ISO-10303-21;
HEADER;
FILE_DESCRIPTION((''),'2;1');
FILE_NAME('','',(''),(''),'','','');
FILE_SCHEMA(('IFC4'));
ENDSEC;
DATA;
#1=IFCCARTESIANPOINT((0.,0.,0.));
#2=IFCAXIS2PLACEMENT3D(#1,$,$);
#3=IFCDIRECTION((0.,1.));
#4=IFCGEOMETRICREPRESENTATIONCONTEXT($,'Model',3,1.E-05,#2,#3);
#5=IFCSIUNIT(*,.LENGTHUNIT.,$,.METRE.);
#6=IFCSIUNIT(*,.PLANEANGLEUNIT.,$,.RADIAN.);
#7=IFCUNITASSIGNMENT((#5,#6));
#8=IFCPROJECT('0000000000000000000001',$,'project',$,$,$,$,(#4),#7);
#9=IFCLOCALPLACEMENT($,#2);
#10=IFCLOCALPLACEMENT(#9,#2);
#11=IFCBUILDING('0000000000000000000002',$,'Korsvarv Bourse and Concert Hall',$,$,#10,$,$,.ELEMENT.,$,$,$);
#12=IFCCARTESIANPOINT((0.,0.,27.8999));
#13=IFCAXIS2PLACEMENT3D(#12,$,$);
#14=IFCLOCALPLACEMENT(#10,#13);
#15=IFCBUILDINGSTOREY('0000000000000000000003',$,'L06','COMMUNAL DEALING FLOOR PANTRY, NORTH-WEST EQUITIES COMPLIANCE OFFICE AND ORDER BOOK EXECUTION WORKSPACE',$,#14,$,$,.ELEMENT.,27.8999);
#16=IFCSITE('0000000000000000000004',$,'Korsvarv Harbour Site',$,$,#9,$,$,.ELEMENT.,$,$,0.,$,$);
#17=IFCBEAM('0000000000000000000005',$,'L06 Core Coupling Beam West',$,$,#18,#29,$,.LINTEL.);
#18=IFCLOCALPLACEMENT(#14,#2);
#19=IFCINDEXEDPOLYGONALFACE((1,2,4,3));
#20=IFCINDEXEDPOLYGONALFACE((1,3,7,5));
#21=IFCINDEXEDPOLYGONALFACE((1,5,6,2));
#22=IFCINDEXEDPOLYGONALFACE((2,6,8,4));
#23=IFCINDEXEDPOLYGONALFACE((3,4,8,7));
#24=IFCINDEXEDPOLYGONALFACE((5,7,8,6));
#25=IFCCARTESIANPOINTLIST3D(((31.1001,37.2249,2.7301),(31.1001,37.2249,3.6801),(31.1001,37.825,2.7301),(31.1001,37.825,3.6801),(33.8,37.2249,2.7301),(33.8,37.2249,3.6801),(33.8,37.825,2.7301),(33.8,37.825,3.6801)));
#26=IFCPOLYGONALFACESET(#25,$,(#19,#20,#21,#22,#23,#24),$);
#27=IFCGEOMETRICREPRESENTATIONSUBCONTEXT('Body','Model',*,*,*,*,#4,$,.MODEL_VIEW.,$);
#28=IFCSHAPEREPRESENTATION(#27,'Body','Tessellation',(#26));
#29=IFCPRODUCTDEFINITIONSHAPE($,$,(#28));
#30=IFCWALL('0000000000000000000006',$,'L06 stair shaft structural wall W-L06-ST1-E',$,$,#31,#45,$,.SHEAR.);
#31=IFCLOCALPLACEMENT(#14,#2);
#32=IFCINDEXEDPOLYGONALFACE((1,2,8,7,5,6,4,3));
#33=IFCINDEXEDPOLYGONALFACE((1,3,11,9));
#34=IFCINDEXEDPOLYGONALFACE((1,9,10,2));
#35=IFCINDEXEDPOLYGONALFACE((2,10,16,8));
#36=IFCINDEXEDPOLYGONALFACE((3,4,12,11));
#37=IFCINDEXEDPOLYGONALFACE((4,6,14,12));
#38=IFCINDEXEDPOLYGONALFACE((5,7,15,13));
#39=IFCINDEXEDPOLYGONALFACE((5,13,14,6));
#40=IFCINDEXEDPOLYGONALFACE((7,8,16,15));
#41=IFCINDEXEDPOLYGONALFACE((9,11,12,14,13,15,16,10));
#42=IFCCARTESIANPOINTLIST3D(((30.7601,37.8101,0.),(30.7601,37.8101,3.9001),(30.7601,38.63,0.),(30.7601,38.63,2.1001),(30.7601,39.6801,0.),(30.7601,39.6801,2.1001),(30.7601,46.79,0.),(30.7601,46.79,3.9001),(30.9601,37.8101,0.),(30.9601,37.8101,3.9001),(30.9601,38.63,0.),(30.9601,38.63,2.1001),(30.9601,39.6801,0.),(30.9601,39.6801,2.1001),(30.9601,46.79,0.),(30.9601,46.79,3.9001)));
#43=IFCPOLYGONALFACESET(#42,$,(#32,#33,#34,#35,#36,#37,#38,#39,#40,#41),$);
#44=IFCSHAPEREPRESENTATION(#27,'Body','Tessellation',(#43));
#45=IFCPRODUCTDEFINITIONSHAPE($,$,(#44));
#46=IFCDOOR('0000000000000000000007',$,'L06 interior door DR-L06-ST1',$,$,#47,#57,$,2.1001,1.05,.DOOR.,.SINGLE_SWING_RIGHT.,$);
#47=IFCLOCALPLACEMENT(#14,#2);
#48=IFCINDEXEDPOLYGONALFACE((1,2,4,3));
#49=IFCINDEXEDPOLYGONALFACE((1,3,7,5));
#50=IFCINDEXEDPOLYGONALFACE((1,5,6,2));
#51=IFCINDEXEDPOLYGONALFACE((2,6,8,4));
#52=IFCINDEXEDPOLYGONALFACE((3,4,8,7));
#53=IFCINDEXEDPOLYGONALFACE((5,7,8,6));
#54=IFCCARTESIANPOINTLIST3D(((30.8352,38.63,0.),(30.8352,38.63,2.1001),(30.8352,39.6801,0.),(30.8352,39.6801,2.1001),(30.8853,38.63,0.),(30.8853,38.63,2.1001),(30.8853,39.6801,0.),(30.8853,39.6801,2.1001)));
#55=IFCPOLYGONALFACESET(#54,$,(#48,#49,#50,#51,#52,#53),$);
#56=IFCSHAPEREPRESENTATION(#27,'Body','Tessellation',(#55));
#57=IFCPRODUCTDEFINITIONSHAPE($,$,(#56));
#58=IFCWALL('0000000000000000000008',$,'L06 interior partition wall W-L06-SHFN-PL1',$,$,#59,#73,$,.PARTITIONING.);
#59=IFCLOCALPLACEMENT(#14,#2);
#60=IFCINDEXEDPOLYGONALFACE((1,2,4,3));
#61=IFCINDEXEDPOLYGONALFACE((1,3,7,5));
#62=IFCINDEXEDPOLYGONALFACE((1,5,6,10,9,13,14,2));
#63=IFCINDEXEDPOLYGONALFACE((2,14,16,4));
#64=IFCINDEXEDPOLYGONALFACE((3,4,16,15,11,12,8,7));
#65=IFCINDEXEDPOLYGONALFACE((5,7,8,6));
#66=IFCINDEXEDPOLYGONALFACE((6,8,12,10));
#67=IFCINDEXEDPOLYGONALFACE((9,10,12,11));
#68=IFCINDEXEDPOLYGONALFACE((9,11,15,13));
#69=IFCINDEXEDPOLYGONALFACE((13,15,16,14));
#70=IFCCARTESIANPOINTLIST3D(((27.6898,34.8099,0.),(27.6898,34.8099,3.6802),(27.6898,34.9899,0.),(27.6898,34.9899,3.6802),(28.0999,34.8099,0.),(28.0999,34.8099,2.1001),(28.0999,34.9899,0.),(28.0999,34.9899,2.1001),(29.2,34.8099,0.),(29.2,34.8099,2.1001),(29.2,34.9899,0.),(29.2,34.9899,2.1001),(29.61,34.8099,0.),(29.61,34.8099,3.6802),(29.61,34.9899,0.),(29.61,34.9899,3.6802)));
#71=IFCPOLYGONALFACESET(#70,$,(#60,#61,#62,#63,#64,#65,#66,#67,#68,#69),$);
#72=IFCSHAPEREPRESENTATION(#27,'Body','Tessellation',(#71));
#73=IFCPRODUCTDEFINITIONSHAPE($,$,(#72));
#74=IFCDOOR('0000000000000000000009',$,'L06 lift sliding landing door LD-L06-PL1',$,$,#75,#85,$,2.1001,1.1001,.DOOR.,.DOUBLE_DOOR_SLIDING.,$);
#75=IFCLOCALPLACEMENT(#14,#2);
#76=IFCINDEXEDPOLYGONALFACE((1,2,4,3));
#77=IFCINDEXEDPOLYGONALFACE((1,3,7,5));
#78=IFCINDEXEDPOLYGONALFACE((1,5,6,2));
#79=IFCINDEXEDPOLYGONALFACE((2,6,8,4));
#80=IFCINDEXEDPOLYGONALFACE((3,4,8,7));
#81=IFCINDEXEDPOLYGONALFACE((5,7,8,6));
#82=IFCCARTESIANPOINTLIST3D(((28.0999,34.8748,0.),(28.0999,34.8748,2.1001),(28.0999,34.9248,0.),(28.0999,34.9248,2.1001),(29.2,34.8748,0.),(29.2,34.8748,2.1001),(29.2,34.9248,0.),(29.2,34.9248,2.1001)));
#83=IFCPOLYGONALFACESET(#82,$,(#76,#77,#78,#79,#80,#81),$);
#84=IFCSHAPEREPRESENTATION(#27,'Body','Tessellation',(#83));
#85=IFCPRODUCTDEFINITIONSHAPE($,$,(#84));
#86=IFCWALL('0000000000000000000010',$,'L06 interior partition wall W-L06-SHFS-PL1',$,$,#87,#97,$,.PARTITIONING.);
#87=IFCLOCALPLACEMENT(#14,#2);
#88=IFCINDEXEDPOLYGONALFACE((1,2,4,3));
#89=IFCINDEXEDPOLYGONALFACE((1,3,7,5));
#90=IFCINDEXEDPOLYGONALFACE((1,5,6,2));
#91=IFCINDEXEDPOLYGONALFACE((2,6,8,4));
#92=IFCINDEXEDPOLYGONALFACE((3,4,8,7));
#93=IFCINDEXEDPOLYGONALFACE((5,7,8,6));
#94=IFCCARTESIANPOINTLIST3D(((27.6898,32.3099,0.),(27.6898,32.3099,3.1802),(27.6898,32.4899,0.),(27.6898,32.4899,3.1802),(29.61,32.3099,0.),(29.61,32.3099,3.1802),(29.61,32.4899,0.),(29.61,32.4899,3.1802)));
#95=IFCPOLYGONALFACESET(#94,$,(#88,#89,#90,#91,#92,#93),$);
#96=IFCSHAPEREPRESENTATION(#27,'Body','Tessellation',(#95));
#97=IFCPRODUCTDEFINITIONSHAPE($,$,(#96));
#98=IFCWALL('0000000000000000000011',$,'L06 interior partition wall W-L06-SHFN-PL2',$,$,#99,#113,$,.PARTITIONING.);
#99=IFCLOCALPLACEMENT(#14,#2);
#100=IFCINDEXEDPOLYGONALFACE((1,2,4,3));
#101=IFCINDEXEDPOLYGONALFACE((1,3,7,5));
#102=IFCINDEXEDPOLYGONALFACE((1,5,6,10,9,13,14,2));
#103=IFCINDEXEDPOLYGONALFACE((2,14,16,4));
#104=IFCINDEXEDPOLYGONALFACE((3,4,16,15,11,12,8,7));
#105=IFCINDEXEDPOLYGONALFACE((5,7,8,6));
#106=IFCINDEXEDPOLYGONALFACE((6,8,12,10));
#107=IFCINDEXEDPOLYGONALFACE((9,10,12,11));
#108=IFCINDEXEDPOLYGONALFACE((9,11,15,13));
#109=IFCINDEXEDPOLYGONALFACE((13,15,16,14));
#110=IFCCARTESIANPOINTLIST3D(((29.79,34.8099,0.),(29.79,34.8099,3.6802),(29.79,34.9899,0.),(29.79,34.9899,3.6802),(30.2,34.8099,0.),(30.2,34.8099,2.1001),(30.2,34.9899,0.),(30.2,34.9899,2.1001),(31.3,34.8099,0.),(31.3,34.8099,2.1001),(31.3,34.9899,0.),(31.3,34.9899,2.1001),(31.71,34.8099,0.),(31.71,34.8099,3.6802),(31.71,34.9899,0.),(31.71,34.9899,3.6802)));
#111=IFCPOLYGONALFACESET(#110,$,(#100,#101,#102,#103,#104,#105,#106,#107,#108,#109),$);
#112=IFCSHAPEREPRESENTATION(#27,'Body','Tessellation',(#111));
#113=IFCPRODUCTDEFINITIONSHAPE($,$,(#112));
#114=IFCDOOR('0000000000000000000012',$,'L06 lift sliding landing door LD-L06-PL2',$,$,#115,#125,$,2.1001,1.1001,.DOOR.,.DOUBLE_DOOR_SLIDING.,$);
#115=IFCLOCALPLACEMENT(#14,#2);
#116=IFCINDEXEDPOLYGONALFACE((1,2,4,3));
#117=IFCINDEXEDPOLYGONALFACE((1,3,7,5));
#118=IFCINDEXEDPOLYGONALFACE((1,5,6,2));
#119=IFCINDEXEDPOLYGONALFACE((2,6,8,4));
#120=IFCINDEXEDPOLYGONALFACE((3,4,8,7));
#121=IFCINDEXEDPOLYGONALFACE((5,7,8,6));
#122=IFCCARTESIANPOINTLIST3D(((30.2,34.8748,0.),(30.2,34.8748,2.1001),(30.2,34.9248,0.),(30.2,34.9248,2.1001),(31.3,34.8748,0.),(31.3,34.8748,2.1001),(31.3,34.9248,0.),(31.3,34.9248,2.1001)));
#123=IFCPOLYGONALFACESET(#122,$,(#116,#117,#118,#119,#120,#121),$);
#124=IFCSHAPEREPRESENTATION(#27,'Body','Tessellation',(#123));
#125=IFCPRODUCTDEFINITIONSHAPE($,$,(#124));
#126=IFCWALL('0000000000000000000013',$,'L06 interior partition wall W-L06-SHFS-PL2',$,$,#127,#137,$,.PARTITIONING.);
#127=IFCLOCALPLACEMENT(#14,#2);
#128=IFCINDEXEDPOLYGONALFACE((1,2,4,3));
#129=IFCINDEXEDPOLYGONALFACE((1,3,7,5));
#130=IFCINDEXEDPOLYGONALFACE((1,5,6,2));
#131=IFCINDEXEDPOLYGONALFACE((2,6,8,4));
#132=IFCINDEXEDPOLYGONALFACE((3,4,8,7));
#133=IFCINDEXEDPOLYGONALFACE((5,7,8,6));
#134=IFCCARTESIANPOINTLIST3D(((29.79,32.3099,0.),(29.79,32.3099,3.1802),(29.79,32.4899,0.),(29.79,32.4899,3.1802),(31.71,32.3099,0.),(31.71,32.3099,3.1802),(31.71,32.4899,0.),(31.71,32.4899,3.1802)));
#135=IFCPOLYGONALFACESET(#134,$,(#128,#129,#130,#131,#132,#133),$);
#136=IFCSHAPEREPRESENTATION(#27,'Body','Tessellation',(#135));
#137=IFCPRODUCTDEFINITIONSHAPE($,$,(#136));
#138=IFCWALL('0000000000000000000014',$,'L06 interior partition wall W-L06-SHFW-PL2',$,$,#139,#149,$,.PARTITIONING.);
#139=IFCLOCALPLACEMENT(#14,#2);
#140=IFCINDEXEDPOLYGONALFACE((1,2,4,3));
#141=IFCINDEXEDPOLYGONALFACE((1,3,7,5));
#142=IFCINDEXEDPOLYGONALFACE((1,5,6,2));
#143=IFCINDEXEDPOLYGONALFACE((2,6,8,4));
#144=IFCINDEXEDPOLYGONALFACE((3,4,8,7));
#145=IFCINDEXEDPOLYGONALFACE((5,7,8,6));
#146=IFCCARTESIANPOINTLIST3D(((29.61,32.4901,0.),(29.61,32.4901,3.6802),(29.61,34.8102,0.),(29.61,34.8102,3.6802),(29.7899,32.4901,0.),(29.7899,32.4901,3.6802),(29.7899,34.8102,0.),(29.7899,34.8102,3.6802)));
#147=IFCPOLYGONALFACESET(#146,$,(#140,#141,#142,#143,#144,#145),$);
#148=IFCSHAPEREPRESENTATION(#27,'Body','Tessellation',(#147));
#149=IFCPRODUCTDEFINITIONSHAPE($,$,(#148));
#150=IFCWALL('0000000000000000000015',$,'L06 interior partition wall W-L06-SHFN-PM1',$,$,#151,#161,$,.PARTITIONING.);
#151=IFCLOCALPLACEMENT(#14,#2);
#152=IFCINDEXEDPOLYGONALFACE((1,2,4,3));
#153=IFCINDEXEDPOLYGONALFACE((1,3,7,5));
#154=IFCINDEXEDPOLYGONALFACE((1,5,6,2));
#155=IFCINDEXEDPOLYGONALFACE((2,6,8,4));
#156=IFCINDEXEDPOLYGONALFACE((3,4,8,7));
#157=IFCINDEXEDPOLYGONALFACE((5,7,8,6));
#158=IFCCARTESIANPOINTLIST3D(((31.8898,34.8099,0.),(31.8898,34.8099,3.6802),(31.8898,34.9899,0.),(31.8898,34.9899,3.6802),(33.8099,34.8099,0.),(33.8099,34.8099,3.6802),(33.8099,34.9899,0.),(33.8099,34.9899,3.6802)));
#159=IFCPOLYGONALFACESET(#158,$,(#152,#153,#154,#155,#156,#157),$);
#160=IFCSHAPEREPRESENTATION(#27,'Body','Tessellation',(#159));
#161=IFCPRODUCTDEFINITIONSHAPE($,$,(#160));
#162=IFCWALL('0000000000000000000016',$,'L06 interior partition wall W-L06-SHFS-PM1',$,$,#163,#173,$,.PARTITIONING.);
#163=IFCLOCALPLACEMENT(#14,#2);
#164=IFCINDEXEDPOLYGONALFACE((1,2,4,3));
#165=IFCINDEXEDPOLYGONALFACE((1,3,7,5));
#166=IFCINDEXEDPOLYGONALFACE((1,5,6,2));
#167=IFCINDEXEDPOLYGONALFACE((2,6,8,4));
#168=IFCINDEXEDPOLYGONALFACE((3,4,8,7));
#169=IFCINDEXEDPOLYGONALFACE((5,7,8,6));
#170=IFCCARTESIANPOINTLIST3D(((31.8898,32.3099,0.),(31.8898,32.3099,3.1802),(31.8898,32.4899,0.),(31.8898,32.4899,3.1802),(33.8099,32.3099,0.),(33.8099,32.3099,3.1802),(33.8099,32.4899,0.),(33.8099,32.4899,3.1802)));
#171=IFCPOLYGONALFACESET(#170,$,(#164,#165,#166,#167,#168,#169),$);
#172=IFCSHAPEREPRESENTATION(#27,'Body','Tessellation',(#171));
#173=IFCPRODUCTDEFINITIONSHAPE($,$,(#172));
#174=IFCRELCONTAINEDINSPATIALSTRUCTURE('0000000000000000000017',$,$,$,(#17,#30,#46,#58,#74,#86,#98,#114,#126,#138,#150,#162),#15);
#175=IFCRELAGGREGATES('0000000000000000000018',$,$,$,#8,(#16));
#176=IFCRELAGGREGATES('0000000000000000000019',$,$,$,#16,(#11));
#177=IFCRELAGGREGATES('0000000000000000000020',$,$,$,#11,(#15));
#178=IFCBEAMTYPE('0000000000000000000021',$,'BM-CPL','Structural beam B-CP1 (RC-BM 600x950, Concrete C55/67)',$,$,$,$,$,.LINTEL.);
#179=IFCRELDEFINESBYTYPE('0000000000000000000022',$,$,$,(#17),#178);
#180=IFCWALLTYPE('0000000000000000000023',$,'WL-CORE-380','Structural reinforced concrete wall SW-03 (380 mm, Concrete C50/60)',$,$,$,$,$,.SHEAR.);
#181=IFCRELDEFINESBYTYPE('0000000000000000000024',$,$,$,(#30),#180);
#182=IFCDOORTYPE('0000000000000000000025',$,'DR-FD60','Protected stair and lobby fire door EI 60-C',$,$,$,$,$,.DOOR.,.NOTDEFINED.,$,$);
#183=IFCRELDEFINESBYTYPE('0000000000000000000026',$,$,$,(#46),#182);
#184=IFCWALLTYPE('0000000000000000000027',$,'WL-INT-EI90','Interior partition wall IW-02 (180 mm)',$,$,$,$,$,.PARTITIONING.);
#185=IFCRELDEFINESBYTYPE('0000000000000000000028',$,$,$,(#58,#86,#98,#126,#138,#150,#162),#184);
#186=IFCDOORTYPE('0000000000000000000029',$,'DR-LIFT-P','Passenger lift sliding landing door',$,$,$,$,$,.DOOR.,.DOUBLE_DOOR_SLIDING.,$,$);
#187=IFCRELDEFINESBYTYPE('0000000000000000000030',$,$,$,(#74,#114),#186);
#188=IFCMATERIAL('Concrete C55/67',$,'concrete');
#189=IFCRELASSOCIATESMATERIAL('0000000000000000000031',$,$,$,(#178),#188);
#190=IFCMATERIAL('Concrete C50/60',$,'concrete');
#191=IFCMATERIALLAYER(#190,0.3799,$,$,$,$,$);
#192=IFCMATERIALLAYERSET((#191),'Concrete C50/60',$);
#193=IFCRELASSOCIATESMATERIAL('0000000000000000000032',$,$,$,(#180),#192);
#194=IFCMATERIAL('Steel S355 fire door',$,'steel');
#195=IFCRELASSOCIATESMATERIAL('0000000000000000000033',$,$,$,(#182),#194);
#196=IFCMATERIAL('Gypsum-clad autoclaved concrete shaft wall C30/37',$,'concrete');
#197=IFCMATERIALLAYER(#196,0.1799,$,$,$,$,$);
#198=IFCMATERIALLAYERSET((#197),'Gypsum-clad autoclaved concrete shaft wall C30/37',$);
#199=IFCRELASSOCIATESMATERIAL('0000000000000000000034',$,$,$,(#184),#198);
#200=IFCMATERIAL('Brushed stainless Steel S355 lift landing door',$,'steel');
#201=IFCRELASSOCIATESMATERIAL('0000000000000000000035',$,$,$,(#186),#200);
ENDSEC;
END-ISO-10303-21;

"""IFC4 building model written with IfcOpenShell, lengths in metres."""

from ifc_helpers import new_model, si_unit, direction, frame, frame_2d, origin, origin_2d, place, context, subcontext, project, spatial, rectangle, extrude, source, transform, mapped, material, layer, layer_set, material_profile, profile_set, type_object, element, fill, save


model = new_model("IFC4")

# Units and contexts
model_context = context("Model", 3, precision=1e-05, world=origin(), true_north=direction((0.0, 1.0)))
body_context = subcontext(model_context, "Body", "Model", "MODEL_VIEW")
ifc_project = project(units=[si_unit("LENGTHUNIT", "METRE"), si_unit("PLANEANGLEUNIT", "RADIAN")], contexts=[model_context])

# Site, building, storey
site_placement = place(None, origin())
site = spatial("IfcSite", under=ifc_project, at=site_placement, Name="Korsvarv Harbour Site", CompositionType="ELEMENT", RefElevation=0.0)
building_placement = place(site_placement, origin())
building = spatial("IfcBuilding", under=site, at=building_placement, Name="Korsvarv Bourse and Concert Hall", CompositionType="ELEMENT")
storey_placement = place(building_placement, frame((0.0, 0.0, 27.8999)))
storey = spatial("IfcBuildingStorey", under=building, at=storey_placement, Name="L06", Description="COMMUNAL DEALING FLOOR PANTRY, NORTH-WEST EQUITIES COMPLIANCE OFFICE AND ORDER BOOK EXECUTION WORKSPACE", CompositionType="ELEMENT", Elevation=27.8999)

# Beam
ifc_material_1 = material(Name="Concrete C55/67", Category="concrete")
ifc_material_profile = material_profile(ifc_material_1, rectangle(XDim=0.6001, YDim=0.95, at=origin_2d()), Name="RC-BM 600x950")
ifc_profile_set = profile_set([ifc_material_profile], Name="Concrete C55/67")
beam_type = type_object("IfcBeamType", Name="BM-CPL", Description="Structural beam B-CP1 (RC-BM 600x950, Concrete C55/67)", PredefinedType="LINTEL", material=ifc_profile_set)
shared_shape = source(origin(), body_context, "Body", "SweptSolid", [
    extrude(rectangle(XDim=0.6001, YDim=0.95, at=origin_2d()), origin(), (0.0, 0.0, 1.0), 2.7),
])
beam_placement = place(storey_placement, frame((31.1001, 37.5249, 3.2051), z_axis=(1.0, 0.0, 0.0), x_axis=(0.0, 1.0, 0.0)))
element("IfcBeam", 1, at=beam_placement, inside=storey, type_object=beam_type, Name="L06 Core Coupling Beam West", PredefinedType="LINTEL", context=body_context, shape_type="MappedRepresentation", body=[
    mapped(shared_shape, transform((0.0, 0.0, 0.0), scale=1.0)),
])

# Walls, openings, doors
ifc_material_2 = material(Name="Concrete C50/60", Category="concrete")
ifc_layer_1 = layer(ifc_material_2, 0.3799)
ifc_layer_set_1 = layer_set([ifc_layer_1], Name="Concrete C50/60")
wall_type_1 = type_object("IfcWallType", Name="WL-CORE-380", Description="Structural reinforced concrete wall SW-03 (380 mm, Concrete C50/60)", PredefinedType="SHEAR", material=ifc_layer_set_1)
wall_1_placement = place(storey_placement, frame((30.8601, 37.8101, 0.0), z_axis=(0.0, 0.0, 1.0), x_axis=(0.0, 1.0, 0.0)))
wall_1 = element("IfcWall", 2, at=wall_1_placement, inside=storey, type_object=wall_type_1, Name="L06 stair shaft structural wall W-L06-ST1-E", PredefinedType="SHEAR", context=body_context, shape_type="SweptSolid", body=[
    extrude(rectangle(XDim=8.98, YDim=0.2, at=frame_2d((4.49, 0.0))), origin(), (0.0, 0.0, 1.0), 3.9001),
])
opening_1_placement = place(wall_1_placement, frame((0.8201, 0.0, 0.0)))
opening_1 = element("IfcOpeningElement", 3, at=opening_1_placement, cuts=wall_1, PredefinedType="OPENING", context=body_context, shape_type="SweptSolid", body=[
    extrude(rectangle(XDim=1.05, YDim=2.1001, at=frame_2d((0.5249, 1.05))), frame((0.0, 0.1099, 0.0), z_axis=(0.0, -1.0, 0.0), x_axis=(1.0, 0.0, 0.0)), (0.0, 0.0, 1.0), 0.22),
])
ifc_material_3 = material(Name="Steel S355 fire door", Category="steel")
door_type_1 = type_object("IfcDoorType", Name="DR-FD60", Description="Protected stair and lobby fire door EI 60-C", OperationType="NOTDEFINED", PredefinedType="DOOR", material=ifc_material_3)
door_1_placement = place(opening_1_placement, origin())
door_1 = element("IfcDoor", 4, at=door_1_placement, inside=storey, type_object=door_type_1, Name="L06 interior door DR-L06-ST1", OperationType="SINGLE_SWING_RIGHT", OverallHeight=2.1001, OverallWidth=1.05, PredefinedType="DOOR", context=body_context, shape_type="SweptSolid", body=[
    extrude(rectangle(XDim=1.05, YDim=2.1001, at=frame_2d((0.5249, 1.05))), frame((0.0, 0.0249, 0.0), z_axis=(0.0, -1.0, 0.0), x_axis=(1.0, 0.0, 0.0)), (0.0, 0.0, 1.0), 0.05),
])
fill(opening_1, door_1)
ifc_material_4 = material(Name="Gypsum-clad autoclaved concrete shaft wall C30/37", Category="concrete")
ifc_layer_2 = layer(ifc_material_4, 0.1799)
ifc_layer_set_2 = layer_set([ifc_layer_2], Name="Gypsum-clad autoclaved concrete shaft wall C30/37")
wall_type_2 = type_object("IfcWallType", Name="WL-INT-EI90", Description="Interior partition wall IW-02 (180 mm)", PredefinedType="PARTITIONING", material=ifc_layer_set_2)
wall_2_placement = place(storey_placement, frame((27.6899, 34.8999, 0.0), z_axis=(0.0, 0.0, 1.0), x_axis=(1.0, 0.0, 0.0)))
wall_2 = element("IfcWall", 5, at=wall_2_placement, inside=storey, type_object=wall_type_2, Name="L06 interior partition wall W-L06-SHFN-PL1", PredefinedType="PARTITIONING", context=body_context, shape_type="SweptSolid", body=[
    extrude(rectangle(XDim=1.9202, YDim=0.1799, at=frame_2d((0.96, 0.0))), origin(), (0.0, 0.0, 1.0), 3.6802),
])
opening_2_placement = place(wall_2_placement, frame((0.4099, 0.0, 0.0)))
opening_2 = element("IfcOpeningElement", 6, at=opening_2_placement, cuts=wall_2, PredefinedType="OPENING", context=body_context, shape_type="SweptSolid", body=[
    extrude(rectangle(XDim=1.1001, YDim=2.1001, at=frame_2d((0.55, 1.05))), frame((0.0, 0.1001, 0.0), z_axis=(0.0, -1.0, 0.0), x_axis=(1.0, 0.0, 0.0)), (0.0, 0.0, 1.0), 0.2),
])
ifc_material_5 = material(Name="Brushed stainless Steel S355 lift landing door", Category="steel")
door_type_2 = type_object("IfcDoorType", Name="DR-LIFT-P", Description="Passenger lift sliding landing door", OperationType="DOUBLE_DOOR_SLIDING", PredefinedType="DOOR", material=ifc_material_5)
door_2_placement = place(opening_2_placement, origin())
door_2 = element("IfcDoor", 7, at=door_2_placement, inside=storey, type_object=door_type_2, Name="L06 lift sliding landing door LD-L06-PL1", OperationType="DOUBLE_DOOR_SLIDING", OverallHeight=2.1001, OverallWidth=1.1001, PredefinedType="DOOR", context=body_context, shape_type="SweptSolid", body=[
    extrude(rectangle(XDim=1.1001, YDim=2.1001, at=frame_2d((0.55, 1.05))), frame((0.0, 0.0249, 0.0), z_axis=(0.0, -1.0, 0.0), x_axis=(1.0, 0.0, 0.0)), (0.0, 0.0, 1.0), 0.05),
])
fill(opening_2, door_2)

# Wall
wall_3_placement = place(storey_placement, frame((27.6899, 32.3999, 0.0), z_axis=(0.0, 0.0, 1.0), x_axis=(1.0, 0.0, 0.0)))
element("IfcWall", 8, at=wall_3_placement, inside=storey, type_object=wall_type_2, Name="L06 interior partition wall W-L06-SHFS-PL1", PredefinedType="PARTITIONING", context=body_context, shape_type="SweptSolid", body=[
    extrude(rectangle(XDim=1.9202, YDim=0.1799, at=frame_2d((0.96, 0.0))), origin(), (0.0, 0.0, 1.0), 3.1802),
])

# Wall, opening, door
wall_4_placement = place(storey_placement, frame((29.79, 34.8999, 0.0), z_axis=(0.0, 0.0, 1.0), x_axis=(1.0, 0.0, 0.0)))
wall_4 = element("IfcWall", 9, at=wall_4_placement, inside=storey, type_object=wall_type_2, Name="L06 interior partition wall W-L06-SHFN-PL2", PredefinedType="PARTITIONING", context=body_context, shape_type="SweptSolid", body=[
    extrude(rectangle(XDim=1.9199, YDim=0.1799, at=frame_2d((0.96, 0.0))), origin(), (0.0, 0.0, 1.0), 3.6802),
])
opening_3_placement = place(wall_4_placement, frame((0.4099, 0.0, 0.0)))
opening_3 = element("IfcOpeningElement", 10, at=opening_3_placement, cuts=wall_4, PredefinedType="OPENING", context=body_context, shape_type="SweptSolid", body=[
    extrude(rectangle(XDim=1.1001, YDim=2.1001, at=frame_2d((0.55, 1.05))), frame((0.0, 0.1001, 0.0), z_axis=(0.0, -1.0, 0.0), x_axis=(1.0, 0.0, 0.0)), (0.0, 0.0, 1.0), 0.2),
])
door_3_placement = place(opening_3_placement, origin())
door_3 = element("IfcDoor", 11, at=door_3_placement, inside=storey, type_object=door_type_2, Name="L06 lift sliding landing door LD-L06-PL2", OperationType="DOUBLE_DOOR_SLIDING", OverallHeight=2.1001, OverallWidth=1.1001, PredefinedType="DOOR", context=body_context, shape_type="SweptSolid", body=[
    extrude(rectangle(XDim=1.1001, YDim=2.1001, at=frame_2d((0.55, 1.05))), frame((0.0, 0.0249, 0.0), z_axis=(0.0, -1.0, 0.0), x_axis=(1.0, 0.0, 0.0)), (0.0, 0.0, 1.0), 0.05),
])
fill(opening_3, door_3)

# Walls
wall_5_placement = place(storey_placement, frame((29.79, 32.3999, 0.0), z_axis=(0.0, 0.0, 1.0), x_axis=(1.0, 0.0, 0.0)))
element("IfcWall", 12, at=wall_5_placement, inside=storey, type_object=wall_type_2, Name="L06 interior partition wall W-L06-SHFS-PL2", PredefinedType="PARTITIONING", context=body_context, shape_type="SweptSolid", body=[
    extrude(rectangle(XDim=1.9199, YDim=0.1799, at=frame_2d((0.96, 0.0))), origin(), (0.0, 0.0, 1.0), 3.1802),
])
wall_6_placement = place(storey_placement, frame((29.7, 32.49, 0.0), z_axis=(0.0, 0.0, 1.0), x_axis=(0.0, 1.0, 0.0)))
element("IfcWall", 13, at=wall_6_placement, inside=storey, type_object=wall_type_2, Name="L06 interior partition wall W-L06-SHFW-PL2", PredefinedType="PARTITIONING", context=body_context, shape_type="SweptSolid", body=[
    extrude(rectangle(XDim=2.3201, YDim=0.1799, at=frame_2d((1.1602, 0.0))), origin(), (0.0, 0.0, 1.0), 3.6802),
])
wall_7_placement = place(storey_placement, frame((31.8899, 34.8999, 0.0), z_axis=(0.0, 0.0, 1.0), x_axis=(1.0, 0.0, 0.0)))
element("IfcWall", 14, at=wall_7_placement, inside=storey, type_object=wall_type_2, Name="L06 interior partition wall W-L06-SHFN-PM1", PredefinedType="PARTITIONING", context=body_context, shape_type="SweptSolid", body=[
    extrude(rectangle(XDim=1.9202, YDim=0.1799, at=frame_2d((0.96, 0.0))), origin(), (0.0, 0.0, 1.0), 3.6802),
])
wall_8_placement = place(storey_placement, frame((31.8899, 32.3999, 0.0), z_axis=(0.0, 0.0, 1.0), x_axis=(1.0, 0.0, 0.0)))
element("IfcWall", 15, at=wall_8_placement, inside=storey, type_object=wall_type_2, Name="L06 interior partition wall W-L06-SHFS-PM1", PredefinedType="PARTITIONING", context=body_context, shape_type="SweptSolid", body=[
    extrude(rectangle(XDim=1.9202, YDim=0.1799, at=frame_2d((0.96, 0.0))), origin(), (0.0, 0.0, 1.0), 3.1802),
])

save(model, "model.ifc")
